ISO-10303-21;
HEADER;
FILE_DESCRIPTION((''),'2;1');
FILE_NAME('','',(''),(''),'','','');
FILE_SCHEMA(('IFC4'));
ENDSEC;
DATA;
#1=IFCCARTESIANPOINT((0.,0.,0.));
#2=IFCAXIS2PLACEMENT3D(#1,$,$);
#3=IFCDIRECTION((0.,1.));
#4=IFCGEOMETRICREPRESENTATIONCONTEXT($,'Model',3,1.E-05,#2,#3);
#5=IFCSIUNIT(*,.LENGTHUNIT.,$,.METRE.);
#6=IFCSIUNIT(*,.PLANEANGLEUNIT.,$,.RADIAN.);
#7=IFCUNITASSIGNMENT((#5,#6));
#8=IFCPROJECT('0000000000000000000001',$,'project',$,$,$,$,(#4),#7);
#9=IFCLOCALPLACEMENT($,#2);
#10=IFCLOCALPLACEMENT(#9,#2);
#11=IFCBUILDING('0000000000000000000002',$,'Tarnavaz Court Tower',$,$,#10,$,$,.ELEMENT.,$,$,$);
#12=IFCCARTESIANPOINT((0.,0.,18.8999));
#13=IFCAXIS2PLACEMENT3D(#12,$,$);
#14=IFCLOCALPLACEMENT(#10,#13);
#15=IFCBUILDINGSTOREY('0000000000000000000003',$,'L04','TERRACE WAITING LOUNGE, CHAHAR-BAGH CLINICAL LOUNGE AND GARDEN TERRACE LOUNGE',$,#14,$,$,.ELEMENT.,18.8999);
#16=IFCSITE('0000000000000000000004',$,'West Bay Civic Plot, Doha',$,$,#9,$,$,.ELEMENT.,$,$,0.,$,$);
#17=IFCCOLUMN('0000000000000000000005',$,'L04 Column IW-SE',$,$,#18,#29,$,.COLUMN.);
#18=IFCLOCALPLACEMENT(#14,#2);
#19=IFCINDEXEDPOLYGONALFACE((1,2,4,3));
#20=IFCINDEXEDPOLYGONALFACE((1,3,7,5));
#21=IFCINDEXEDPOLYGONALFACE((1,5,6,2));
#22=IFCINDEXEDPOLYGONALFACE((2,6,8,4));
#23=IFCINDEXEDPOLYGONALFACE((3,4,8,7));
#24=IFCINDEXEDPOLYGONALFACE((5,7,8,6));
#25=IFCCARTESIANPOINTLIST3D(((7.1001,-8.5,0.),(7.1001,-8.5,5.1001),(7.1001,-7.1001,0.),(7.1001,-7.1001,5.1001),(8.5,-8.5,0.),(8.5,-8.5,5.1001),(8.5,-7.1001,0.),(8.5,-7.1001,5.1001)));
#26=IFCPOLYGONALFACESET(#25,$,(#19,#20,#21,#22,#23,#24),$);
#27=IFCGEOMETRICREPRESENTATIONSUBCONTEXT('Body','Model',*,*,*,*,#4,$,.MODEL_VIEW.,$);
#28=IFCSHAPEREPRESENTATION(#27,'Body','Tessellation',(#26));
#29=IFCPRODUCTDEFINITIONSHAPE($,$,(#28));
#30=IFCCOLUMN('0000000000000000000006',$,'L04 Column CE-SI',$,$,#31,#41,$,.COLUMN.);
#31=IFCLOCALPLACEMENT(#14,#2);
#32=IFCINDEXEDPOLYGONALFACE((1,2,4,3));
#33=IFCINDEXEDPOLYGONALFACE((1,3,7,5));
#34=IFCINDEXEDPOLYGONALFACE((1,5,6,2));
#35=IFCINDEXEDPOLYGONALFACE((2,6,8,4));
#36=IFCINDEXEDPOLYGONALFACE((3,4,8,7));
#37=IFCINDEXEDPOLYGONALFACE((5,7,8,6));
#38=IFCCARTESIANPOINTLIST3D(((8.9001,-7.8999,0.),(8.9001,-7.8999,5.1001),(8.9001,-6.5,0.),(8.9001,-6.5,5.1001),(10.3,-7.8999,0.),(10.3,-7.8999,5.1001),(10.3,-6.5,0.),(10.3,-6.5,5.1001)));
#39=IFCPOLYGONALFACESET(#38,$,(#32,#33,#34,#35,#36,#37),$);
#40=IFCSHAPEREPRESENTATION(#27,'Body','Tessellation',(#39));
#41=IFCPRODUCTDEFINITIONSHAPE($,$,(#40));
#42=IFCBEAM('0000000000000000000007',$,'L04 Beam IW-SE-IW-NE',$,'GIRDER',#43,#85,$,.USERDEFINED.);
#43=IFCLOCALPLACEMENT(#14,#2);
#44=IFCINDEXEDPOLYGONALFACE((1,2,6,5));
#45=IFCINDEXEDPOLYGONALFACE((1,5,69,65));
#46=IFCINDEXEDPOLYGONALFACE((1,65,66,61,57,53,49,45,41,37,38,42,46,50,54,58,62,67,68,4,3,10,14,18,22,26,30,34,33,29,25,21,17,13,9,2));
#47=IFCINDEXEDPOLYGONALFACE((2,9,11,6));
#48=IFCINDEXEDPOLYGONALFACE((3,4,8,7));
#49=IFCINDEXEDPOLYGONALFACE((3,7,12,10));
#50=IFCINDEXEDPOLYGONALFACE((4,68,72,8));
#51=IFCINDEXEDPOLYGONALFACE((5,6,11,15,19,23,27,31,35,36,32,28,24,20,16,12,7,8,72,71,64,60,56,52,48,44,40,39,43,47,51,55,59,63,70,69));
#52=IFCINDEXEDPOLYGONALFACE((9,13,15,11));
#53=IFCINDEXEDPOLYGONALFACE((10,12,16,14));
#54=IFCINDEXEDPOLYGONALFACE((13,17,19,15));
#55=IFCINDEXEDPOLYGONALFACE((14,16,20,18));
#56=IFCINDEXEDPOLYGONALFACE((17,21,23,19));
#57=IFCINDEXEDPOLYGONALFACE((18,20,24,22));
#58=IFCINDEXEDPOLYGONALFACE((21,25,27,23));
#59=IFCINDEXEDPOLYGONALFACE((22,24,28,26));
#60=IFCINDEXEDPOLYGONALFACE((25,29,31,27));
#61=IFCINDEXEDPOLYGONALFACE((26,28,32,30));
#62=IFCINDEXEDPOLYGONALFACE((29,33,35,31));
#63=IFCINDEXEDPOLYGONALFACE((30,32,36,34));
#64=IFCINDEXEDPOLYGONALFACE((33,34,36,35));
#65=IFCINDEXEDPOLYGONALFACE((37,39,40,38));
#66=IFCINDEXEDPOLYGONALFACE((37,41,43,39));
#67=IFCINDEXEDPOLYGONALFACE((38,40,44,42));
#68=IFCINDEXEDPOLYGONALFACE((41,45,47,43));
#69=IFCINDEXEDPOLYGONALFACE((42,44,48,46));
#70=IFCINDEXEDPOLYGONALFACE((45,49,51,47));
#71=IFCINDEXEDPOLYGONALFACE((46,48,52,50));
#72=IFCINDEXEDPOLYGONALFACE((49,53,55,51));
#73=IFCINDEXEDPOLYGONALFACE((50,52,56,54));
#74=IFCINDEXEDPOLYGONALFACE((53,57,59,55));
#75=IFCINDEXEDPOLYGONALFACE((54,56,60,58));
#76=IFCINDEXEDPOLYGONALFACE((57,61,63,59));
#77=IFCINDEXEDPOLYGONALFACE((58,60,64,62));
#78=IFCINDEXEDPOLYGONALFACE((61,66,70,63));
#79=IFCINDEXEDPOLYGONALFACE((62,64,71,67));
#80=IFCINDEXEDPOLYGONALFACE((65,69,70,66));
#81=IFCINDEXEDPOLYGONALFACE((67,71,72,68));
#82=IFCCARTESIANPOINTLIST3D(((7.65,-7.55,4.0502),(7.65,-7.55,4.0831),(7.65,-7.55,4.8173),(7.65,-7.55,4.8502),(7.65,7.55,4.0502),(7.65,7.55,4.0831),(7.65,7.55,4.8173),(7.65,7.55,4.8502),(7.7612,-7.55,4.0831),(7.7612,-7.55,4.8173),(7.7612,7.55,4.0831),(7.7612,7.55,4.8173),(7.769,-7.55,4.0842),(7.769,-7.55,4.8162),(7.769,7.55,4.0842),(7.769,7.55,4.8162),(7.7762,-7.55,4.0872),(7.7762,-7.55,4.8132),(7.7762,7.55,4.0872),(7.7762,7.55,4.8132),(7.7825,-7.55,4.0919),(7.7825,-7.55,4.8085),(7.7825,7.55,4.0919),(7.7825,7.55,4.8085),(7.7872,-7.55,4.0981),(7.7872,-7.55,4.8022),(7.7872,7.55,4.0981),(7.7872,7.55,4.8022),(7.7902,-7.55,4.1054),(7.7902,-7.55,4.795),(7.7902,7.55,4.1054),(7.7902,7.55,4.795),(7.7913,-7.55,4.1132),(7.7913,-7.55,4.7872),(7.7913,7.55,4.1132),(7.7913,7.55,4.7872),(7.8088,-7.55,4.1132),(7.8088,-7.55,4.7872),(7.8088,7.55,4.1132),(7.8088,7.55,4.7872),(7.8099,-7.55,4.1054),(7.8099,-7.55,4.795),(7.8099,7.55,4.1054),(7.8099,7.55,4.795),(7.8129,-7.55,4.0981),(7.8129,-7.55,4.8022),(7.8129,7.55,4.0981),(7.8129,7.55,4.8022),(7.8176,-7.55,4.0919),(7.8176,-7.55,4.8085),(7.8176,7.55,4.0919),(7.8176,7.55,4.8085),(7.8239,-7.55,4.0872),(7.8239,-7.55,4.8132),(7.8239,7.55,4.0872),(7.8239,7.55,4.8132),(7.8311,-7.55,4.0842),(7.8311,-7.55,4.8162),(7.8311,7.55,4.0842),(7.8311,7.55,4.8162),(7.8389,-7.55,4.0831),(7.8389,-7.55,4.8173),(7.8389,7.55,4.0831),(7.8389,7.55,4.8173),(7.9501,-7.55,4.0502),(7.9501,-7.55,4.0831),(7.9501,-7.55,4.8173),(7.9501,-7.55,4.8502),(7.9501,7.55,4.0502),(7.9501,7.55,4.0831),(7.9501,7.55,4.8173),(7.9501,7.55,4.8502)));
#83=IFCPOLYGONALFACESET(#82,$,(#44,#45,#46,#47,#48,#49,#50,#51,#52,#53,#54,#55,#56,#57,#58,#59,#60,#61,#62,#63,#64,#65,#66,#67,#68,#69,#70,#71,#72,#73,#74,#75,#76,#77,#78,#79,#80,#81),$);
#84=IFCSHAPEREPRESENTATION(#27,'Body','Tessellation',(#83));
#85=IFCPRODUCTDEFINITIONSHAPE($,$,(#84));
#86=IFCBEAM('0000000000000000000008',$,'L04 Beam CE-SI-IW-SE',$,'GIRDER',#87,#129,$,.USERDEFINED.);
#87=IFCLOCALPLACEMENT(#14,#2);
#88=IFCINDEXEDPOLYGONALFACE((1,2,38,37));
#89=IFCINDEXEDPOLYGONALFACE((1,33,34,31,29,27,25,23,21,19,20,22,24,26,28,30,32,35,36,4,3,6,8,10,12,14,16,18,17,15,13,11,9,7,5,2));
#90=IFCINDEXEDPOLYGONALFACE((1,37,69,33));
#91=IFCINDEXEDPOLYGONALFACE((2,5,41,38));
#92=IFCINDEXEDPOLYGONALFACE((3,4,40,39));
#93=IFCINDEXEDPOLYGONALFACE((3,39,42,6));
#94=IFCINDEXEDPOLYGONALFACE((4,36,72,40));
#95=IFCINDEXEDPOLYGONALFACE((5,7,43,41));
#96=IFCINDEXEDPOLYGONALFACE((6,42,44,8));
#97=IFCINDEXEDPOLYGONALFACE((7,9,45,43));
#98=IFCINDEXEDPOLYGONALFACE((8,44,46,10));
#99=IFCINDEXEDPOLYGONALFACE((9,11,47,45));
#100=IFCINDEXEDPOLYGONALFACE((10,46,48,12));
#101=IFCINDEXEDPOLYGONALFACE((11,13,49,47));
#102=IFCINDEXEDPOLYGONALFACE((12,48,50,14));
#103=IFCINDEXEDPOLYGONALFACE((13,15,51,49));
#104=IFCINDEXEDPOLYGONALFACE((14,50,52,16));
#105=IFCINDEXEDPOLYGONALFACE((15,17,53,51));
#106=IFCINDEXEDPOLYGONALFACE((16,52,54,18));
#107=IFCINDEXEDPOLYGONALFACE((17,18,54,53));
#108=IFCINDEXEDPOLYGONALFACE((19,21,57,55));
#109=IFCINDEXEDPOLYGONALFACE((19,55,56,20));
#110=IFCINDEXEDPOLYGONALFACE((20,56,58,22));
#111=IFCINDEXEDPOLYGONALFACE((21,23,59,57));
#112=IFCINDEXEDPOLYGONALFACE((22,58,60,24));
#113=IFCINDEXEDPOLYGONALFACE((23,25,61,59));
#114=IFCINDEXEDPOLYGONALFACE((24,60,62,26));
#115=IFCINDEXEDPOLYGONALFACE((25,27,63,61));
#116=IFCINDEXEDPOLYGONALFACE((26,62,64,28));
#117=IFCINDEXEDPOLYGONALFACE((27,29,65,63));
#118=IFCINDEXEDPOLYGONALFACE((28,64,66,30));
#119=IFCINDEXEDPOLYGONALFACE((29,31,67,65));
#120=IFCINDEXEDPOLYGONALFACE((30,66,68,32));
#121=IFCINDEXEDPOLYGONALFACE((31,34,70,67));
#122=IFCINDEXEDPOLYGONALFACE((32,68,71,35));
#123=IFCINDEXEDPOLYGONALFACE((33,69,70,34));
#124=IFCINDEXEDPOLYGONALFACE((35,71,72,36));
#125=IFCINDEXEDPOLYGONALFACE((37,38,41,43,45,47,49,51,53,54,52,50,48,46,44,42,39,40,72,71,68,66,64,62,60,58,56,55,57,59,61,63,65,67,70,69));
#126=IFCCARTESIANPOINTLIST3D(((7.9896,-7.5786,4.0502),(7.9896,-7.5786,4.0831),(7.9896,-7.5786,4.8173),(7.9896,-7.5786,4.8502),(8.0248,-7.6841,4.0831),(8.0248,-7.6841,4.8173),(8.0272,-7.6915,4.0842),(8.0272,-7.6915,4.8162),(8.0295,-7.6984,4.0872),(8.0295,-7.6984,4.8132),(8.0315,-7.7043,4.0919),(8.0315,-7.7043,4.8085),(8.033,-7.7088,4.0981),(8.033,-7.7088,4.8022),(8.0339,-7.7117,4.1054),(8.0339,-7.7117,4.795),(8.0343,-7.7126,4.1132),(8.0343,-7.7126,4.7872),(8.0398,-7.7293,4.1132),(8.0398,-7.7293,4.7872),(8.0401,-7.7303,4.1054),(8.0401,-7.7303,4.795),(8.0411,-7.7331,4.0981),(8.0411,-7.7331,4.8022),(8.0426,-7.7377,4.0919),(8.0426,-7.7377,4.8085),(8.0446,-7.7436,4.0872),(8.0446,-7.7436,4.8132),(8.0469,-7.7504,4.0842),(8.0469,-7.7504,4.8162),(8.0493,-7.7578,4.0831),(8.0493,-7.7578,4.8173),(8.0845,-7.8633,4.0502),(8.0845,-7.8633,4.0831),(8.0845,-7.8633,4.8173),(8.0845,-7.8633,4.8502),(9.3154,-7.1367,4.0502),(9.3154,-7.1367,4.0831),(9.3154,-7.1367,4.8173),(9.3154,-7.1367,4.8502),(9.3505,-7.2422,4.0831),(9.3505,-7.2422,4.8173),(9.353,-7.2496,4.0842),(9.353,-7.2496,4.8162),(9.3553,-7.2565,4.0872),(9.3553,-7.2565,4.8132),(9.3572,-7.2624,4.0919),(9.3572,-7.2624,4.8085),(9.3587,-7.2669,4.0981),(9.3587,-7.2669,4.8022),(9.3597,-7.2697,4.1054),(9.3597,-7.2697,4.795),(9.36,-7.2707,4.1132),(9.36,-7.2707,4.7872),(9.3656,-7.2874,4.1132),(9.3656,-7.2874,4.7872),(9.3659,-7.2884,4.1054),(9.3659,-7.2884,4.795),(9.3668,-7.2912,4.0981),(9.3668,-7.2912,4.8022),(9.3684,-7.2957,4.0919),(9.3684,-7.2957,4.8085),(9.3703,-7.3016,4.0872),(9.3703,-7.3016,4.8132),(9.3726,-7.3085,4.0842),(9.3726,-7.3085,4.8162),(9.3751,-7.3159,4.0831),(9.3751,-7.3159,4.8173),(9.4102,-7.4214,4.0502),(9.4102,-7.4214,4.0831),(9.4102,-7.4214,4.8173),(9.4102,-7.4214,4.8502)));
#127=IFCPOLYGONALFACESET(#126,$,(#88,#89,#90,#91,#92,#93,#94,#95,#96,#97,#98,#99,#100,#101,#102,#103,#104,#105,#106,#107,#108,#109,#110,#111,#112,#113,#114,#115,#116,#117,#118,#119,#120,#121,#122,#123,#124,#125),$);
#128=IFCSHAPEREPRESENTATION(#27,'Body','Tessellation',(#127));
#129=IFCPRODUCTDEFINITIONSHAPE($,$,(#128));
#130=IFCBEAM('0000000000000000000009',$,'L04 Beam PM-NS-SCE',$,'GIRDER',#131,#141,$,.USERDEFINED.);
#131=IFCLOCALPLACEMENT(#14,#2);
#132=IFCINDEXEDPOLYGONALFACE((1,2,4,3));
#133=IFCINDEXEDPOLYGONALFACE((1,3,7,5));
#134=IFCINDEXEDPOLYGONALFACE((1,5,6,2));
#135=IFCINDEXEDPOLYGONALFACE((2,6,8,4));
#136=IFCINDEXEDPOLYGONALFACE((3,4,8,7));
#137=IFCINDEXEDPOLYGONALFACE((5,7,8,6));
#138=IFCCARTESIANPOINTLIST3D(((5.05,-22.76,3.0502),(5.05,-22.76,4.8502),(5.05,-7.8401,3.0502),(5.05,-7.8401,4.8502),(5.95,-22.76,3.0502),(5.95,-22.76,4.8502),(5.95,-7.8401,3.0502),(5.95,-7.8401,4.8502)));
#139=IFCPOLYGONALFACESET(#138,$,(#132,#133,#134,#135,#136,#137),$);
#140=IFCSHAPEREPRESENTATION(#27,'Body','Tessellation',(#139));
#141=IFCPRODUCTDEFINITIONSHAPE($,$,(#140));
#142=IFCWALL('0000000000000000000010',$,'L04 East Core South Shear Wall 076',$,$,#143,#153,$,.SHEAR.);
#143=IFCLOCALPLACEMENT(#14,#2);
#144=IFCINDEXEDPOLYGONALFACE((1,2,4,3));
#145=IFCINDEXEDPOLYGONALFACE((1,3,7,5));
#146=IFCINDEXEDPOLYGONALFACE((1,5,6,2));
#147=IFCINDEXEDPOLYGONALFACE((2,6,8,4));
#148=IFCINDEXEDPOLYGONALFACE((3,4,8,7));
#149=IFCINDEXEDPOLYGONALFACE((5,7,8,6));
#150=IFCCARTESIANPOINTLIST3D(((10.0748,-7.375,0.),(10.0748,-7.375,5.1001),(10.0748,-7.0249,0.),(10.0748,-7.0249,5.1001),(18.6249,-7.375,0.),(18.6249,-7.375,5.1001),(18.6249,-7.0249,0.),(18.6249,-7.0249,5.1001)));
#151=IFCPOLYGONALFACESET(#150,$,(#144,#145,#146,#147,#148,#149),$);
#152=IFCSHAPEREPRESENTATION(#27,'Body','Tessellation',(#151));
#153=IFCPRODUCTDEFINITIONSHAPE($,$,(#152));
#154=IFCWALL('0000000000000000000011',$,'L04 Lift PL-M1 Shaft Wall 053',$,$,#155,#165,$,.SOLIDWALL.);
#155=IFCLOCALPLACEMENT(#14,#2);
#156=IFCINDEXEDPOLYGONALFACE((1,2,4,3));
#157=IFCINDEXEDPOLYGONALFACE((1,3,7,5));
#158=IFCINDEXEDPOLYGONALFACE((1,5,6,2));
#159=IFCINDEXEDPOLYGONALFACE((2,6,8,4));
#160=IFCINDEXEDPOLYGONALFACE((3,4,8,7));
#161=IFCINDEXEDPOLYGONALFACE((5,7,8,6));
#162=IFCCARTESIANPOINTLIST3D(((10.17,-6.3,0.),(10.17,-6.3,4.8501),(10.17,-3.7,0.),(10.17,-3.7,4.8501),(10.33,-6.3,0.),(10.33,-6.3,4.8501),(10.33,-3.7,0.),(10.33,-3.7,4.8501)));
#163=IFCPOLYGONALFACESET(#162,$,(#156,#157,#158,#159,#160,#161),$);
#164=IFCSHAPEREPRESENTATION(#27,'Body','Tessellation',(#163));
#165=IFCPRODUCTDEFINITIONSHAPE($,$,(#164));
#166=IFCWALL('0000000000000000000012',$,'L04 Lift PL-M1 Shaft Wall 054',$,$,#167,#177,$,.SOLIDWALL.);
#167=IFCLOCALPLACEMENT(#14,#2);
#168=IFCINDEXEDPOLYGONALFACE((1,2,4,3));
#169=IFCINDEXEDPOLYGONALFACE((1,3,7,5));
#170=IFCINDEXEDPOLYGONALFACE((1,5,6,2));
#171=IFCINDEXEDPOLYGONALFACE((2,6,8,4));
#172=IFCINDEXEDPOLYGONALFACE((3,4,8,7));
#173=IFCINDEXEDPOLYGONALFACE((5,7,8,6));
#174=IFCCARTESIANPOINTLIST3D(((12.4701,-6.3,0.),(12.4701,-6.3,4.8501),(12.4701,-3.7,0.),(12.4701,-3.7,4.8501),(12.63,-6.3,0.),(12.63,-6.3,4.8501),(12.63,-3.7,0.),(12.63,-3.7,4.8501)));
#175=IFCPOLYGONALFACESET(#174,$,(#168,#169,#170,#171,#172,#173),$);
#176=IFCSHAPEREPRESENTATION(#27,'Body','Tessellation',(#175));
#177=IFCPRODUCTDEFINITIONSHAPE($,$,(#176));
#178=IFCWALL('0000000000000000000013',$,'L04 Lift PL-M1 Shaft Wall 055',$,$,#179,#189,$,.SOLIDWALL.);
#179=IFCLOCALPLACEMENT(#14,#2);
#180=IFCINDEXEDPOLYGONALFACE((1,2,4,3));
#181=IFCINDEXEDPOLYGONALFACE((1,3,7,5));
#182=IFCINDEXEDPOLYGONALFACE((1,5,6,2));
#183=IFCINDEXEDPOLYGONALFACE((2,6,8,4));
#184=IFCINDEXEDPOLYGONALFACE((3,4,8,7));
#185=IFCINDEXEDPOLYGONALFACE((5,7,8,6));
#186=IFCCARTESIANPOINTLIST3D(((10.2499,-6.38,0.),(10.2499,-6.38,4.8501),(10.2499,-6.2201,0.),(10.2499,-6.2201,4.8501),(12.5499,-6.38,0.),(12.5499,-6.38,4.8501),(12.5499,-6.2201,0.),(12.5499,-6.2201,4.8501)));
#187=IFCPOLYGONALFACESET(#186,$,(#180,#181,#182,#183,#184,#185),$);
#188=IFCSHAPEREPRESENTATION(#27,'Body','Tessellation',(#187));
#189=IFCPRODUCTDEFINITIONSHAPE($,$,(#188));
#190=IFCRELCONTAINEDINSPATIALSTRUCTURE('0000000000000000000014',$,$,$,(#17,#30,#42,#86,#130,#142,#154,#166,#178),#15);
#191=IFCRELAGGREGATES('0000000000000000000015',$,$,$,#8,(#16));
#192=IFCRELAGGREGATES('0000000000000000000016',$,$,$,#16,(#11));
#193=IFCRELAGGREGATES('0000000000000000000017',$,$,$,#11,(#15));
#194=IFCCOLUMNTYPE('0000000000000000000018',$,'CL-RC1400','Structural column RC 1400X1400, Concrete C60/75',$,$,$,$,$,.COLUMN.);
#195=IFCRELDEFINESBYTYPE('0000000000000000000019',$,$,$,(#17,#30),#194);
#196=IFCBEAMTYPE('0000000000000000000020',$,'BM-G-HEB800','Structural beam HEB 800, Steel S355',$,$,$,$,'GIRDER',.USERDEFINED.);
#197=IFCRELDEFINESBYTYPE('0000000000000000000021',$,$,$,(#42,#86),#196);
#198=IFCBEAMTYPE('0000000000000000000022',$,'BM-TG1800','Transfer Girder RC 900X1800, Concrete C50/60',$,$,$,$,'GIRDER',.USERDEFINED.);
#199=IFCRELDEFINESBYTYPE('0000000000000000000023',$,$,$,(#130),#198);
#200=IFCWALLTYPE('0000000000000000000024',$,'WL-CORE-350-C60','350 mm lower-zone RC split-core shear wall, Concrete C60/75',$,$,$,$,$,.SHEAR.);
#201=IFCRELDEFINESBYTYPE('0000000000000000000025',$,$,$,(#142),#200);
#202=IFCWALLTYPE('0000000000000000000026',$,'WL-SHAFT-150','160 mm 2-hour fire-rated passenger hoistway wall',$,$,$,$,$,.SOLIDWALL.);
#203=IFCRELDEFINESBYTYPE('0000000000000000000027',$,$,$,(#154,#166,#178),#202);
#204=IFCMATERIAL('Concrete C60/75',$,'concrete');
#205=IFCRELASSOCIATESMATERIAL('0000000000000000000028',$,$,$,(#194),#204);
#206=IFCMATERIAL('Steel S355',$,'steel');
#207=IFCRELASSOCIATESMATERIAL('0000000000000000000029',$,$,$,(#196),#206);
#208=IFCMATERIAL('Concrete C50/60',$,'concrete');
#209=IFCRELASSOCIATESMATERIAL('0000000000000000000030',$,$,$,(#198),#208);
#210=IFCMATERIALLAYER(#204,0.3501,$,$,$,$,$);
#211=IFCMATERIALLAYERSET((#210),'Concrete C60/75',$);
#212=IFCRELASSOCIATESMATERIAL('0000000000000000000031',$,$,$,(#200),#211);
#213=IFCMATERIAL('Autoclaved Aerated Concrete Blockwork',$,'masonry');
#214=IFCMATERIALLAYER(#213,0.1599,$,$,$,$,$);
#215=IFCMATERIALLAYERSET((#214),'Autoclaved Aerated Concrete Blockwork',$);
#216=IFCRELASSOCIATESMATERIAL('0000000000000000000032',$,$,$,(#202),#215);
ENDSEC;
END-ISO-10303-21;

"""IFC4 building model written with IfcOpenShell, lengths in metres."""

from ifc_helpers import new_model, si_unit, direction, frame, frame_2d, origin, origin_2d, place, context, subcontext, project, spatial, rectangle, i_section, extrude, material, layer, layer_set, material_profile, profile_set, type_object, element, save


model = new_model("IFC4")

# Units and contexts
model_context = context("Model", 3, precision=1e-05, world=origin(), true_north=direction((0.0, 1.0)))
body_context = subcontext(model_context, "Body", "Model", "MODEL_VIEW")
ifc_project = project(units=[si_unit("LENGTHUNIT", "METRE"), si_unit("PLANEANGLEUNIT", "RADIAN")], contexts=[model_context])

# Site, building, storey
site_placement = place(None, origin())
site = spatial("IfcSite", under=ifc_project, at=site_placement, Name="West Bay Civic Plot, Doha", CompositionType="ELEMENT", RefElevation=0.0)
building_placement = place(site_placement, origin())
building = spatial("IfcBuilding", under=site, at=building_placement, Name="Tarnavaz Court Tower", CompositionType="ELEMENT")
storey_placement = place(building_placement, frame((0.0, 0.0, 18.8999)))
storey = spatial("IfcBuildingStorey", under=building, at=storey_placement, Name="L04", Description="TERRACE WAITING LOUNGE, CHAHAR-BAGH CLINICAL LOUNGE AND GARDEN TERRACE LOUNGE", CompositionType="ELEMENT", Elevation=18.8999)

# Columns
ifc_material_1 = material(Name="Concrete C60/75", Category="concrete")
ifc_material_profile_1 = material_profile(ifc_material_1, rectangle(XDim=1.3999, YDim=1.3999, at=origin_2d()), Name="RC 1400X1400")
ifc_profile_set_1 = profile_set([ifc_material_profile_1], Name="Concrete C60/75")
column_type = type_object("IfcColumnType", Name="CL-RC1400", Description="Structural column RC 1400X1400, Concrete C60/75", PredefinedType="COLUMN", material=ifc_profile_set_1)
for number, where, z_axis, x_axis, name in (
    (1, (7.8, -7.8, 0.0), (0.0, 0.0, 1.0), (1.0, 0.0, 0.0), "L04 Column IW-SE"),
    (2, (9.6001, -7.2, 0.0), (0.0, 0.0, 1.0), (1.0, 0.0, 0.0), "L04 Column CE-SI"),
):
    element("IfcColumn", number, at=place(storey_placement, frame(where, z_axis=z_axis, x_axis=x_axis)), inside=storey, type_object=column_type, Name=name, PredefinedType="COLUMN", context=body_context, shape_type="SweptSolid", body=[
        extrude(rectangle(XDim=1.3999, YDim=1.3999, at=origin_2d()), origin(), (0.0, 0.0, 1.0), 5.1001),
    ])

# Beams
ifc_material_2 = material(Name="Steel S355", Category="steel")
ifc_material_profile_2 = material_profile(ifc_material_2, i_section(OverallWidth=0.3, OverallDepth=0.8, WebThickness=0.0176, FlangeThickness=0.033, FilletRadius=0.03, at=origin_2d()), Name="HEB 800")
ifc_profile_set_2 = profile_set([ifc_material_profile_2], Name="Steel S355")
beam_type_1 = type_object("IfcBeamType", Name="BM-G-HEB800", Description="Structural beam HEB 800, Steel S355", ElementType="GIRDER", PredefinedType="USERDEFINED", material=ifc_profile_set_2)
beam_1_placement = place(storey_placement, frame((7.8, -7.55, 4.4502), z_axis=(0.0, 1.0, 0.0), x_axis=(-1.0, 0.0, 0.0)))
element("IfcBeam", 3, at=beam_1_placement, inside=storey, type_object=beam_type_1, Name="L04 Beam IW-SE-IW-NE", ObjectType="GIRDER", PredefinedType="USERDEFINED", context=body_context, shape_type="SweptSolid", body=[
    extrude(i_section(OverallWidth=0.3, OverallDepth=0.8, WebThickness=0.0176, FlangeThickness=0.033, FilletRadius=0.03, at=origin_2d()), origin(), (0.0, 0.0, 1.0), 15.1001),
])
beam_2_placement = place(storey_placement, frame((9.3628, -7.2791, 4.4502), z_axis=(-0.948683, -0.316228, 0.0), x_axis=(0.316228, -0.948683, 0.0)))
element("IfcBeam", 4, at=beam_2_placement, inside=storey, type_object=beam_type_1, Name="L04 Beam CE-SI-IW-SE", ObjectType="GIRDER", PredefinedType="USERDEFINED", context=body_context, shape_type="SweptSolid", body=[
    extrude(i_section(OverallWidth=0.3, OverallDepth=0.8, WebThickness=0.0176, FlangeThickness=0.033, FilletRadius=0.03, at=origin_2d()), origin(), (0.0, 0.0, 1.0), 1.3975),
])
ifc_material_3 = material(Name="Concrete C50/60", Category="concrete")
ifc_material_profile_3 = material_profile(ifc_material_3, rectangle(XDim=0.8999, YDim=1.8, at=origin_2d()), Name="RC 900X1800")
ifc_profile_set_3 = profile_set([ifc_material_profile_3], Name="Concrete C50/60")
beam_type_2 = type_object("IfcBeamType", Name="BM-TG1800", Description="Transfer Girder RC 900X1800, Concrete C50/60", ElementType="GIRDER", PredefinedType="USERDEFINED", material=ifc_profile_set_3)
beam_3_placement = place(storey_placement, frame((5.5, -7.8401, 3.9502), z_axis=(0.0, -1.0, 0.0), x_axis=(1.0, 0.0, 0.0)))
element("IfcBeam", 5, at=beam_3_placement, inside=storey, type_object=beam_type_2, Name="L04 Beam PM-NS-SCE", ObjectType="GIRDER", PredefinedType="USERDEFINED", context=body_context, shape_type="SweptSolid", body=[
    extrude(rectangle(XDim=0.8999, YDim=1.8, at=origin_2d()), origin(), (0.0, 0.0, 1.0), 14.9199),
])

# Walls
ifc_layer_1 = layer(ifc_material_1, 0.3501)
ifc_layer_set_1 = layer_set([ifc_layer_1], Name="Concrete C60/75")
wall_type_1 = type_object("IfcWallType", Name="WL-CORE-350-C60", Description="350 mm lower-zone RC split-core shear wall, Concrete C60/75", PredefinedType="SHEAR", material=ifc_layer_set_1)
wall_1_placement = place(storey_placement, frame((10.075, -7.2, 0.0), z_axis=(0.0, 0.0, 1.0), x_axis=(1.0, 0.0, 0.0)))
element("IfcWall", 6, at=wall_1_placement, inside=storey, type_object=wall_type_1, Name="L04 East Core South Shear Wall 076", PredefinedType="SHEAR", context=body_context, shape_type="SweptSolid", body=[
    extrude(rectangle(XDim=8.55, YDim=0.3501, at=frame_2d((4.2749, 0.0))), origin(), (0.0, 0.0, 1.0), 5.1001),
])
ifc_material_4 = material(Name="Autoclaved Aerated Concrete Blockwork", Category="masonry")
ifc_layer_2 = layer(ifc_material_4, 0.1599)
ifc_layer_set_2 = layer_set([ifc_layer_2], Name="Autoclaved Aerated Concrete Blockwork")
wall_type_2 = type_object("IfcWallType", Name="WL-SHAFT-150", Description="160 mm 2-hour fire-rated passenger hoistway wall", PredefinedType="SOLIDWALL", material=ifc_layer_set_2)
for number, where, z_axis, x_axis, name in (
    (7, (10.25, -6.3, 0.0), (0.0, 0.0, 1.0), (0.0, 1.0, 0.0), "L04 Lift PL-M1 Shaft Wall 053"),
    (8, (12.55, -6.3, 0.0), (0.0, 0.0, 1.0), (0.0, 1.0, 0.0), "L04 Lift PL-M1 Shaft Wall 054"),
):
    element("IfcWall", number, at=place(storey_placement, frame(where, z_axis=z_axis, x_axis=x_axis)), inside=storey, type_object=wall_type_2, Name=name, PredefinedType="SOLIDWALL", context=body_context, shape_type="SweptSolid", body=[
        extrude(rectangle(XDim=2.6001, YDim=0.1599, at=frame_2d((1.3, 0.0))), origin(), (0.0, 0.0, 1.0), 4.8501),
    ])
for number, where, z_axis, x_axis, name in (
    (9, (10.25, -6.3, 0.0), (0.0, 0.0, 1.0), (1.0, 0.0, 0.0), "L04 Lift PL-M1 Shaft Wall 055"),
):
    element("IfcWall", number, at=place(storey_placement, frame(where, z_axis=z_axis, x_axis=x_axis)), inside=storey, type_object=wall_type_2, Name=name, PredefinedType="SOLIDWALL", context=body_context, shape_type="SweptSolid", body=[
        extrude(rectangle(XDim=2.3, YDim=0.1599, at=frame_2d((1.1499, 0.0))), origin(), (0.0, 0.0, 1.0), 4.8501),
    ])

save(model, "model.ifc")
